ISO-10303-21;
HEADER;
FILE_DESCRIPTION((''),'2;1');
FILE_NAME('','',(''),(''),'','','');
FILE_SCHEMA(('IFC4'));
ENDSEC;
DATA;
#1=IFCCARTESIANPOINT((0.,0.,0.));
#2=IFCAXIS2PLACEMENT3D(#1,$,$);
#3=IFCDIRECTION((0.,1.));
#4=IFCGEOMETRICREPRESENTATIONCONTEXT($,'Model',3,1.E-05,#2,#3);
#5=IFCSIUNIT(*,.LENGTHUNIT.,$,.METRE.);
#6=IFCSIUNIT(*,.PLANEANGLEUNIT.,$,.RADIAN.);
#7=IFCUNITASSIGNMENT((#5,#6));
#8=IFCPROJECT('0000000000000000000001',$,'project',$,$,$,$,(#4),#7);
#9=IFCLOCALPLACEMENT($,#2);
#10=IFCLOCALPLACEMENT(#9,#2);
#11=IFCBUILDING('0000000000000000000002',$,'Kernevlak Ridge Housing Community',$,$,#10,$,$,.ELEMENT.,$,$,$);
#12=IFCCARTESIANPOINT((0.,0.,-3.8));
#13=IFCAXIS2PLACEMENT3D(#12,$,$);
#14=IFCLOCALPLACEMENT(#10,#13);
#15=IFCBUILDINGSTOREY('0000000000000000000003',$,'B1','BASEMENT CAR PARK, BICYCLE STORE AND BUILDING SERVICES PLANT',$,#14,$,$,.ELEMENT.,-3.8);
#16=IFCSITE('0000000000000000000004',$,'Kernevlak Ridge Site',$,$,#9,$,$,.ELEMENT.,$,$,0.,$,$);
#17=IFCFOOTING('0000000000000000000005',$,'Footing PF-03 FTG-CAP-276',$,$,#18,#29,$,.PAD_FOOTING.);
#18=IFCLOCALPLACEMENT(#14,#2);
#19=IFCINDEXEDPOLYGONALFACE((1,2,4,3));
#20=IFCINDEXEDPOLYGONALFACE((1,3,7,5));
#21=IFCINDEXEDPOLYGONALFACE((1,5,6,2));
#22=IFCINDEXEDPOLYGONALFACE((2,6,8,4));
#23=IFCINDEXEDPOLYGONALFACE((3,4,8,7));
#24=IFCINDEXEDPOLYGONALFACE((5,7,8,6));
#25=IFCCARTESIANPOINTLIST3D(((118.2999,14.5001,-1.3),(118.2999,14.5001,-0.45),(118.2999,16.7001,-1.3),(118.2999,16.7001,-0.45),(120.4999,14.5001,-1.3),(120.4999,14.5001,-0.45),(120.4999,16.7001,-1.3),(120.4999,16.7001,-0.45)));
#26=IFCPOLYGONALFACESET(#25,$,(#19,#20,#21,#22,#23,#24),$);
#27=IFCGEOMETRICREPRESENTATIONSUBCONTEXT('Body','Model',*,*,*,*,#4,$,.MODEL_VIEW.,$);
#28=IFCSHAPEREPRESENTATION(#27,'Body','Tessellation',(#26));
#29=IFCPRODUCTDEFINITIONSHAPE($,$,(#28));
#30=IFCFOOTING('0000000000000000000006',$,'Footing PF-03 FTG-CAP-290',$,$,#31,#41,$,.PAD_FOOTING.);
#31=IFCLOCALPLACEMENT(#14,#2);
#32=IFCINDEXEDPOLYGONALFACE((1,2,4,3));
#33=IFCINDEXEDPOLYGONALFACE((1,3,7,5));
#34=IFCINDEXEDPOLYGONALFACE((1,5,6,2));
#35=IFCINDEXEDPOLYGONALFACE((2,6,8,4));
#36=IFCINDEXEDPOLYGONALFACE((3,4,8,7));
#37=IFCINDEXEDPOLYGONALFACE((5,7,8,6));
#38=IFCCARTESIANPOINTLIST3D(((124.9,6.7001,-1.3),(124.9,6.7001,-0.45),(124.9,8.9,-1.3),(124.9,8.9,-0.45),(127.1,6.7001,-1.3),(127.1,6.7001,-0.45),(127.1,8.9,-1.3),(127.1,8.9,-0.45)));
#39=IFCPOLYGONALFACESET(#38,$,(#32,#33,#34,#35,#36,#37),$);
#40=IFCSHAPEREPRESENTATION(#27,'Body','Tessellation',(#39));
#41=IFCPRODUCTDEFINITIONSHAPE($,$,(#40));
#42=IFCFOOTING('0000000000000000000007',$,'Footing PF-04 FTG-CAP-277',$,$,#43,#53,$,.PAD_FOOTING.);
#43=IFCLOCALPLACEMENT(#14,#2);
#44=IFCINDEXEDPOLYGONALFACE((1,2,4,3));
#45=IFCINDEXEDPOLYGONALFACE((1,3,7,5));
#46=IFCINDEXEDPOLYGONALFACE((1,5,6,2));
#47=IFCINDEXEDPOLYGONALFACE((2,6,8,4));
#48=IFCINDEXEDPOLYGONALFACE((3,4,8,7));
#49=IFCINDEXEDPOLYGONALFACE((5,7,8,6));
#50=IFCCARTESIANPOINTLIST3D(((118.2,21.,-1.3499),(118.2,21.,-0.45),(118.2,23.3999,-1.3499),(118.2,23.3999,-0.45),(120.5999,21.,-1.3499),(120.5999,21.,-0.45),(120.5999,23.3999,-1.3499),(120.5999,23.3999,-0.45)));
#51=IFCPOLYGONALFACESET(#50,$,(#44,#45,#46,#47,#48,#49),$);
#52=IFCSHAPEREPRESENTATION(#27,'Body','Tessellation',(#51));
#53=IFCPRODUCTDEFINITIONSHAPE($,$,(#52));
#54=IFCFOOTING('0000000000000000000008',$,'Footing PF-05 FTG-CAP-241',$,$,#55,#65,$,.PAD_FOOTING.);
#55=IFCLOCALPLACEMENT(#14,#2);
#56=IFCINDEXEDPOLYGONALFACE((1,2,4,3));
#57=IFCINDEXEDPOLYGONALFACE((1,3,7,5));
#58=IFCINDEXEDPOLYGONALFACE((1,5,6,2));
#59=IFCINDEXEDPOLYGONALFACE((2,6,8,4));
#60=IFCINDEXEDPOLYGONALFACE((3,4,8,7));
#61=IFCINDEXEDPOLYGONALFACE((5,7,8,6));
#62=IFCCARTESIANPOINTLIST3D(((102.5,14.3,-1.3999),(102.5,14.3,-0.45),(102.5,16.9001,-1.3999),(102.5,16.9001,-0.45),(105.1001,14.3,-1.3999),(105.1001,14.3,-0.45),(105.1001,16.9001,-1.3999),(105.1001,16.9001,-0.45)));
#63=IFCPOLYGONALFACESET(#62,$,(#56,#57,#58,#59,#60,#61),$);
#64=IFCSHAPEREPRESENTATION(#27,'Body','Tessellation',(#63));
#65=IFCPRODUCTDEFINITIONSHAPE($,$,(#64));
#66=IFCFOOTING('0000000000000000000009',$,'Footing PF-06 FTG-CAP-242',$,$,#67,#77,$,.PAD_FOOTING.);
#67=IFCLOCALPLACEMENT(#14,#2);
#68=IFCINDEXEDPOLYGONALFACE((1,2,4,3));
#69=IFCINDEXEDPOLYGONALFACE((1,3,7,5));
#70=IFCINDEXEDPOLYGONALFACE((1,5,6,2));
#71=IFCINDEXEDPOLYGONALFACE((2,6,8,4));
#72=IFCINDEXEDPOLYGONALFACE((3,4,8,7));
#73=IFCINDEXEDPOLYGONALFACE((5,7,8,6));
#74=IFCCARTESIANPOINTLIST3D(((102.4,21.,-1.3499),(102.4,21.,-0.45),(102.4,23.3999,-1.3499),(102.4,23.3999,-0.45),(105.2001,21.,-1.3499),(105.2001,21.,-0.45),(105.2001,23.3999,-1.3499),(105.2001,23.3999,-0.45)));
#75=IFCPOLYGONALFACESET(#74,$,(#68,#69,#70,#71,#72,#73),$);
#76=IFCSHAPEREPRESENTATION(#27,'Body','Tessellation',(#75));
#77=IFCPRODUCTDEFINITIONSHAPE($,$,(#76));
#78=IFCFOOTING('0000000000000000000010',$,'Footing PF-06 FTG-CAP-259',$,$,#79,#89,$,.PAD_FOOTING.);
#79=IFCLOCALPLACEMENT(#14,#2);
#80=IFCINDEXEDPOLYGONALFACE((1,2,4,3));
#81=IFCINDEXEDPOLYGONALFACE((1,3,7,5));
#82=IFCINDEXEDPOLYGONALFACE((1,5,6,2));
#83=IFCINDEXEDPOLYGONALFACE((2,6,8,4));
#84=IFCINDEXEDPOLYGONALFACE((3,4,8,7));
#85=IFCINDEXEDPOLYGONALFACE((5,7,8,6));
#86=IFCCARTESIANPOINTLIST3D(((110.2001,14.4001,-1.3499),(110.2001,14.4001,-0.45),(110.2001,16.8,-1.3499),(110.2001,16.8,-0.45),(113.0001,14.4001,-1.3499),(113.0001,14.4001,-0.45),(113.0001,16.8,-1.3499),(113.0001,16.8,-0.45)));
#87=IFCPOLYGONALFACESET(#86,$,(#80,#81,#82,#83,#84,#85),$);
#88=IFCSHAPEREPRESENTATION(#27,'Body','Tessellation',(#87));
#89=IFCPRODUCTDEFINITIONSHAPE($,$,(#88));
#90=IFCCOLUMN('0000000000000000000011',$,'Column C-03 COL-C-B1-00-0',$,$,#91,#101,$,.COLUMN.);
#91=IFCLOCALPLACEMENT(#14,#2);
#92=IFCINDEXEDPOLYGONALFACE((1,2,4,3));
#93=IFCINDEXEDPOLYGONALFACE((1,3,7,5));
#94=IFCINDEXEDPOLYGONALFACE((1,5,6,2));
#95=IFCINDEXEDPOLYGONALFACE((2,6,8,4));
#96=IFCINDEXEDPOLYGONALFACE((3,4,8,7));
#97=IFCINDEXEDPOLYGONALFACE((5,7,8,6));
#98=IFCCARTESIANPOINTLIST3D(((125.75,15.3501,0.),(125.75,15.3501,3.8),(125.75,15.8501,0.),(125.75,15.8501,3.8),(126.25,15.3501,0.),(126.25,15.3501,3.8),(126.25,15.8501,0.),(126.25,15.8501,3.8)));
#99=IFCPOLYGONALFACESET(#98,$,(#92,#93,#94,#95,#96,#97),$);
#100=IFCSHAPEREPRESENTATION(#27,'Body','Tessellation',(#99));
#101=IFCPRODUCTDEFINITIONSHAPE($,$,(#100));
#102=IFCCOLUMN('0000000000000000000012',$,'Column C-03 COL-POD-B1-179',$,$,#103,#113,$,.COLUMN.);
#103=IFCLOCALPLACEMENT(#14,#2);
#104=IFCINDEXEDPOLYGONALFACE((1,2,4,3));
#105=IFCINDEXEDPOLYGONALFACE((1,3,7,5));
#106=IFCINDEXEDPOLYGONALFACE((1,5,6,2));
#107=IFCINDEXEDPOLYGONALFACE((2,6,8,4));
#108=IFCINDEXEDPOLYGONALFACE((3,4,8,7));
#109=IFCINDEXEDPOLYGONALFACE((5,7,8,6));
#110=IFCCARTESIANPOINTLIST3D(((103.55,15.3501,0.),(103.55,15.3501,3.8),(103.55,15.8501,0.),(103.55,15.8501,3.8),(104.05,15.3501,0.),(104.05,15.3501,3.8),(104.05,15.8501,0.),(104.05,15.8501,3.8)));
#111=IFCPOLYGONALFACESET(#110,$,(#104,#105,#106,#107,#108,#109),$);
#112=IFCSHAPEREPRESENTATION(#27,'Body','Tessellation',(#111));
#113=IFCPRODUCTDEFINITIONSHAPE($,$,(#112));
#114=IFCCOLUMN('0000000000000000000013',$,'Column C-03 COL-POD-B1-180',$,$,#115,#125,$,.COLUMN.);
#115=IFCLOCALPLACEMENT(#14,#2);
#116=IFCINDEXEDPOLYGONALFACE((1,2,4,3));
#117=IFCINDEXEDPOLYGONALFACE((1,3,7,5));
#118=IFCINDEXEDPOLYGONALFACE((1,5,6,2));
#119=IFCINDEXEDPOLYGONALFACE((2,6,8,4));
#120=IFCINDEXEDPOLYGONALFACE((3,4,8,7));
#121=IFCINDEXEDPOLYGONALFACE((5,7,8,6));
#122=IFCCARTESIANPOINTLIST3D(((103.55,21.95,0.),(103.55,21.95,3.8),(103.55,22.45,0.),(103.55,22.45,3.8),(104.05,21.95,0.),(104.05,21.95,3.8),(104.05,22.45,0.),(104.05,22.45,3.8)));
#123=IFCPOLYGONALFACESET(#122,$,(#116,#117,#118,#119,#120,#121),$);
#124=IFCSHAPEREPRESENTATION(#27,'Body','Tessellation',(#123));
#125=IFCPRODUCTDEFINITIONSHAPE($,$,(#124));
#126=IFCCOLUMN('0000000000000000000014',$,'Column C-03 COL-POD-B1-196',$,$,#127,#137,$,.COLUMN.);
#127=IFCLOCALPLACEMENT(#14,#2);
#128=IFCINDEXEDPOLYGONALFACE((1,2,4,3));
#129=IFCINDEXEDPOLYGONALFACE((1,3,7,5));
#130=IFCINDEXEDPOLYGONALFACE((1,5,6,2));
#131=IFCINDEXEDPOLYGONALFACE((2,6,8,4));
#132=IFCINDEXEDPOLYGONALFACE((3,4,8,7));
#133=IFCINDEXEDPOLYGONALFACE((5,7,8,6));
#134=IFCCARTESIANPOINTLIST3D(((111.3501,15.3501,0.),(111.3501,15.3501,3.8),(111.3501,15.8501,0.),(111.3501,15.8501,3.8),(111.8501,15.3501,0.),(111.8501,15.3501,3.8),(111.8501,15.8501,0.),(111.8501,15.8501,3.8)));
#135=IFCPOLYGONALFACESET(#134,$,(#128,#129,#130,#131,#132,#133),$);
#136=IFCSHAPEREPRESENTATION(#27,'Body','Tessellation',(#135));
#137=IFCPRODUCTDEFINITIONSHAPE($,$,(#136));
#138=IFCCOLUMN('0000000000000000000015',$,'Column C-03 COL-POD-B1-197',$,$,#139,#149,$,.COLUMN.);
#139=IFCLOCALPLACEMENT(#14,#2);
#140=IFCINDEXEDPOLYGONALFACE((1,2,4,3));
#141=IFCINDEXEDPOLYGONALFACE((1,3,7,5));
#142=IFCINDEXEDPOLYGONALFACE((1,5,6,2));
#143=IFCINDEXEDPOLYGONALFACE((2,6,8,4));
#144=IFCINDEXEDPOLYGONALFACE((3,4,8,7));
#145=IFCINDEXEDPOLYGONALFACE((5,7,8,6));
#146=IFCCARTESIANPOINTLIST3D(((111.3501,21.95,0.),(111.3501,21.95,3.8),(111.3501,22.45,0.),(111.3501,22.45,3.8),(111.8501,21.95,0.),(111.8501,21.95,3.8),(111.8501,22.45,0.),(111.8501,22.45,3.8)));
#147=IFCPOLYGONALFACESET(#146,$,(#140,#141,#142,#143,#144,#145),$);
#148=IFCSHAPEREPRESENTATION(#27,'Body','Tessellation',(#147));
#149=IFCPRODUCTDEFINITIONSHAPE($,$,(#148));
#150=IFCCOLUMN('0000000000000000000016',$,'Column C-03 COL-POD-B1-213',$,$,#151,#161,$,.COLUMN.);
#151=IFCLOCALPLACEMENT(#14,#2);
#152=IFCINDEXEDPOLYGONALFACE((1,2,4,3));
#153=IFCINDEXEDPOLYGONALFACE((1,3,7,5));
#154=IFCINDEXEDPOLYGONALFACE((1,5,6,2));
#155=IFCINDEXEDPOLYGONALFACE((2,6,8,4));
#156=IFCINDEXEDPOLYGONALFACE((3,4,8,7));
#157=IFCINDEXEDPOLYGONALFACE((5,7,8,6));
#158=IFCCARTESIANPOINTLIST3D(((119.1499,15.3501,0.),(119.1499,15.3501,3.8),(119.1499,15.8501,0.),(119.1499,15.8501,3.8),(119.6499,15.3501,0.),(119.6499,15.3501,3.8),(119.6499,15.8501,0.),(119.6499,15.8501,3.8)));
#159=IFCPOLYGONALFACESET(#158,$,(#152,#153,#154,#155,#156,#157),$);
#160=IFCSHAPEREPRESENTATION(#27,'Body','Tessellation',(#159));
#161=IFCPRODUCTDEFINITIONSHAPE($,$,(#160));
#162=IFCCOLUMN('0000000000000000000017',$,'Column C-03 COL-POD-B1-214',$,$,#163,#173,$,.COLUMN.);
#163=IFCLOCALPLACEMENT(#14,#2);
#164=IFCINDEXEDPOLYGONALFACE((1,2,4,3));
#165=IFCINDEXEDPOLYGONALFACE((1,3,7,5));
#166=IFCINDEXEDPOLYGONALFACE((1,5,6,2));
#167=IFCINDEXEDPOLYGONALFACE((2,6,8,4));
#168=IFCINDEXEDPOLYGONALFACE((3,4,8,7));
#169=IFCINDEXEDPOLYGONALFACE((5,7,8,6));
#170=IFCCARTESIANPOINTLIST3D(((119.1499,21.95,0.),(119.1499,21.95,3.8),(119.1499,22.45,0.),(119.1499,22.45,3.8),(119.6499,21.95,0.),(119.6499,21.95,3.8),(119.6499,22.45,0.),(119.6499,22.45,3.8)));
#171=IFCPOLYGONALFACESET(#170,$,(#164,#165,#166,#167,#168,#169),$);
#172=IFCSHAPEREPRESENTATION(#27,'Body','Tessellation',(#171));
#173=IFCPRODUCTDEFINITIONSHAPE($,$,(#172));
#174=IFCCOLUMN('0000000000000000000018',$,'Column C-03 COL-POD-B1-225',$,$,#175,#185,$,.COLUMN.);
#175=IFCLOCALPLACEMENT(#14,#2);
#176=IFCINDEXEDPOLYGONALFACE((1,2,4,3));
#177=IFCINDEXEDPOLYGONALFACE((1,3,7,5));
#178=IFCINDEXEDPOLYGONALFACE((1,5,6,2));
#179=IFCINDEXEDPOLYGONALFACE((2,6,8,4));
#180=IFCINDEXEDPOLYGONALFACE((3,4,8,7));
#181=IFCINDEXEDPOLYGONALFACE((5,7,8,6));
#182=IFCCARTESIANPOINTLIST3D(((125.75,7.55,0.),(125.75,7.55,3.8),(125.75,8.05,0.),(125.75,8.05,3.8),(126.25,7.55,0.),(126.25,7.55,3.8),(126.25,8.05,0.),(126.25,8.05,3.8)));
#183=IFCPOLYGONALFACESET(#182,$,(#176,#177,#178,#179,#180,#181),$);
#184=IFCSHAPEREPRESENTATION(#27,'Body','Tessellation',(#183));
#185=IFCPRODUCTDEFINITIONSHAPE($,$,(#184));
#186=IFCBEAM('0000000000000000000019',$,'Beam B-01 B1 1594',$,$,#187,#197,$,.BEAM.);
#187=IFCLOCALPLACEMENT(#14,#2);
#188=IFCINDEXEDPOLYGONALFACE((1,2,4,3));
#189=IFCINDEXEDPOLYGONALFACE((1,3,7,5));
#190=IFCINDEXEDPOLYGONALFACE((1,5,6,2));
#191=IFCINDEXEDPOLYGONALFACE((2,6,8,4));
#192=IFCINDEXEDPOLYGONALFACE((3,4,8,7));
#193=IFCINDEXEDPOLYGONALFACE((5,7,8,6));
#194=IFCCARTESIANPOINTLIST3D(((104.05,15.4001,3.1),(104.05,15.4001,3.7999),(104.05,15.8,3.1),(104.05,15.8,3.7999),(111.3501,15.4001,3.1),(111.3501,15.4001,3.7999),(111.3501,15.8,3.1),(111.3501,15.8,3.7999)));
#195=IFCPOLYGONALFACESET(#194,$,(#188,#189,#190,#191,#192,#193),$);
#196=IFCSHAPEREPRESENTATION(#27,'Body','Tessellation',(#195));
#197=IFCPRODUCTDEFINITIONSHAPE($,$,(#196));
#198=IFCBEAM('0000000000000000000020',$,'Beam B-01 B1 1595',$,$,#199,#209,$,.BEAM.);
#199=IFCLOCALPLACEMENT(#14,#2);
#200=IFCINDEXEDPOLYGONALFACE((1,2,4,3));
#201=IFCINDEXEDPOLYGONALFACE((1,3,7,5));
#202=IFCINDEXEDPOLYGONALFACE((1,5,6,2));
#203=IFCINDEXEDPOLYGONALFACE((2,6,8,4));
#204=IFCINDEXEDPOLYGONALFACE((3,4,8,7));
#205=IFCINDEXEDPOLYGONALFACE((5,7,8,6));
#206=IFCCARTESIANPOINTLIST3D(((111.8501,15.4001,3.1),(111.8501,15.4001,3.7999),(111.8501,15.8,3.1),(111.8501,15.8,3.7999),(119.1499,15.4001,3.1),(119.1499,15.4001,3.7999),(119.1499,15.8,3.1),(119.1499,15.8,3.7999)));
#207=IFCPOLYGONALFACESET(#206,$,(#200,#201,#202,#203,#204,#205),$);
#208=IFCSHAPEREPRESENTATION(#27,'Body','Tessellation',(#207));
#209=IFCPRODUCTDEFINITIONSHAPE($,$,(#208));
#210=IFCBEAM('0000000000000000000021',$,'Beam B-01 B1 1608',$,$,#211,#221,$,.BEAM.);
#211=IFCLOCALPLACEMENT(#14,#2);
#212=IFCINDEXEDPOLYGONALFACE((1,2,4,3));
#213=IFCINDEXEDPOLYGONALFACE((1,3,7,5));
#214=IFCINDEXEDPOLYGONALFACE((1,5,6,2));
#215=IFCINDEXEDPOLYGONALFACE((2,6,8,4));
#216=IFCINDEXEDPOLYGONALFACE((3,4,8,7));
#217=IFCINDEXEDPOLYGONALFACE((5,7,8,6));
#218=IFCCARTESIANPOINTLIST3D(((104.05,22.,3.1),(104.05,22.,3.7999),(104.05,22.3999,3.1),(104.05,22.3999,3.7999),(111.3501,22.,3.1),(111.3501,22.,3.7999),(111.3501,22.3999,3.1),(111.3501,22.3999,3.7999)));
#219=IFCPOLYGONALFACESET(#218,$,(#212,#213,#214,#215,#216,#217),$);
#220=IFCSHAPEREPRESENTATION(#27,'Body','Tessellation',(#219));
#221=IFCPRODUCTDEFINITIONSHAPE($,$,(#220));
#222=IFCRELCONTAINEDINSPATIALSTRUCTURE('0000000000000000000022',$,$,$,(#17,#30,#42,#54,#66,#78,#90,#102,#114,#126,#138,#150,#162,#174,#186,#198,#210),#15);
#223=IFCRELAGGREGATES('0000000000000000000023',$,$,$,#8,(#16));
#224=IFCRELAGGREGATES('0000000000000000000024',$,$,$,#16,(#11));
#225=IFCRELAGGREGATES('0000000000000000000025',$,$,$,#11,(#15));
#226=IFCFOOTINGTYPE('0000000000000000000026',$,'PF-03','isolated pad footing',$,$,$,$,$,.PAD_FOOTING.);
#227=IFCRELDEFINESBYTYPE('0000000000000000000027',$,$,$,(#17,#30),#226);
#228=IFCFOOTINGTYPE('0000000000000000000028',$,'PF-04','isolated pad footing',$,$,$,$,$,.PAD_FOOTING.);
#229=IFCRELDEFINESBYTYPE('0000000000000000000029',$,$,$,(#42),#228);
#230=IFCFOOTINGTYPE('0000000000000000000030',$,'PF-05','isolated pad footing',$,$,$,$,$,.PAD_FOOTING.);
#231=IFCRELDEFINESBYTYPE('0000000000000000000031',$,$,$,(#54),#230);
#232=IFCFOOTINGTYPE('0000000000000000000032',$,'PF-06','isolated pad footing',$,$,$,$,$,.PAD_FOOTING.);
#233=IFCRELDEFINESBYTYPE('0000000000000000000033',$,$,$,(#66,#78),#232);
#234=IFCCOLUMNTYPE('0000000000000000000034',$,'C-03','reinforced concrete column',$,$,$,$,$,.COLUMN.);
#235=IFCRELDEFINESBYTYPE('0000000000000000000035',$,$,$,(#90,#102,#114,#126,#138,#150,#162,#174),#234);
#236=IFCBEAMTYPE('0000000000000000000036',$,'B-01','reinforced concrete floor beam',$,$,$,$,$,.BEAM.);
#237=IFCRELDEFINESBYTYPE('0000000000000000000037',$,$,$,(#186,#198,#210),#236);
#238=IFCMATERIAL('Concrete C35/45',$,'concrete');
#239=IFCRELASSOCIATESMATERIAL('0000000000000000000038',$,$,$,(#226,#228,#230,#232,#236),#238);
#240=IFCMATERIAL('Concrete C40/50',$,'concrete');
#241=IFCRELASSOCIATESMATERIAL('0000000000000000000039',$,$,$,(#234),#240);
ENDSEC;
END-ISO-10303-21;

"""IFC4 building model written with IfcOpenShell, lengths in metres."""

from ifc_helpers import new_model, si_unit, direction, frame, origin, origin_2d, place, context, subcontext, project, spatial, rectangle, extrude, material, material_profile, profile_set, type_object, element, save


model = new_model("IFC4")

# Units and contexts
model_context = context("Model", 3, precision=1e-05, world=origin(), true_north=direction((0.0, 1.0)))
body_context = subcontext(model_context, "Body", "Model", "MODEL_VIEW")
ifc_project = project(units=[si_unit("LENGTHUNIT", "METRE"), si_unit("PLANEANGLEUNIT", "RADIAN")], contexts=[model_context])

# Site, building, storey
site_placement = place(None, origin())
site = spatial("IfcSite", under=ifc_project, at=site_placement, Name="Kernevlak Ridge Site", CompositionType="ELEMENT", RefElevation=0.0)
building_placement = place(site_placement, origin())
building = spatial("IfcBuilding", under=site, at=building_placement, Name="Kernevlak Ridge Housing Community", CompositionType="ELEMENT")
storey_placement = place(building_placement, frame((0.0, 0.0, -3.8)))
storey = spatial("IfcBuildingStorey", under=building, at=storey_placement, Name="B1", Description="BASEMENT CAR PARK, BICYCLE STORE AND BUILDING SERVICES PLANT", CompositionType="ELEMENT", Elevation=-3.8)

# Shared definitions
ifc_material_1 = material(Name="Concrete C35/45", Category="concrete")

# Footings
footing_type_1 = type_object("IfcFootingType", Name="PF-03", Description="isolated pad footing", PredefinedType="PAD_FOOTING", material=ifc_material_1)
for number, where, z_axis, x_axis, name in (
    (1, (119.3999, 15.6001, -1.3), (0.0, 0.0, 1.0), (1.0, 0.0, 0.0), "Footing PF-03 FTG-CAP-276"),
    (2, (126.0, 7.8, -1.3), (0.0, 0.0, 1.0), (1.0, 0.0, 0.0), "Footing PF-03 FTG-CAP-290"),
):
    element("IfcFooting", number, at=place(storey_placement, frame(where, z_axis=z_axis, x_axis=x_axis)), inside=storey, type_object=footing_type_1, Name=name, PredefinedType="PAD_FOOTING", context=body_context, shape_type="SweptSolid", body=[
        extrude(rectangle(XDim=2.2, YDim=2.2, at=origin_2d()), origin(), (0.0, 0.0, 1.0), 0.8501),
    ])
footing_type_2 = type_object("IfcFootingType", Name="PF-04", Description="isolated pad footing", PredefinedType="PAD_FOOTING", material=ifc_material_1)
footing_1_placement = place(storey_placement, frame((119.3999, 22.2, -1.3499), z_axis=(0.0, 0.0, 1.0), x_axis=(1.0, 0.0, 0.0)))
element("IfcFooting", 3, at=footing_1_placement, inside=storey, type_object=footing_type_2, Name="Footing PF-04 FTG-CAP-277", PredefinedType="PAD_FOOTING", context=body_context, shape_type="SweptSolid", body=[
    extrude(rectangle(XDim=2.3999, YDim=2.3999, at=origin_2d()), origin(), (0.0, 0.0, 1.0), 0.8999),
])
footing_type_3 = type_object("IfcFootingType", Name="PF-05", Description="isolated pad footing", PredefinedType="PAD_FOOTING", material=ifc_material_1)
footing_2_placement = place(storey_placement, frame((103.8, 15.6001, -1.3999), z_axis=(0.0, 0.0, 1.0), x_axis=(1.0, 0.0, 0.0)))
element("IfcFooting", 4, at=footing_2_placement, inside=storey, type_object=footing_type_3, Name="Footing PF-05 FTG-CAP-241", PredefinedType="PAD_FOOTING", context=body_context, shape_type="SweptSolid", body=[
    extrude(rectangle(XDim=2.6001, YDim=2.6001, at=origin_2d()), origin(), (0.0, 0.0, 1.0), 0.95),
])
footing_type_4 = type_object("IfcFootingType", Name="PF-06", Description="isolated pad footing", PredefinedType="PAD_FOOTING", material=ifc_material_1)
for number, where, z_axis, x_axis, name in (
    (5, (103.8, 22.2, -1.3499), (0.0, 0.0, 1.0), (1.0, 0.0, 0.0), "Footing PF-06 FTG-CAP-242"),
    (6, (111.6001, 15.6001, -1.3499), (0.0, 0.0, 1.0), (1.0, 0.0, 0.0), "Footing PF-06 FTG-CAP-259"),
):
    element("IfcFooting", number, at=place(storey_placement, frame(where, z_axis=z_axis, x_axis=x_axis)), inside=storey, type_object=footing_type_4, Name=name, PredefinedType="PAD_FOOTING", context=body_context, shape_type="SweptSolid", body=[
        extrude(rectangle(XDim=2.8, YDim=2.3999, at=origin_2d()), origin(), (0.0, 0.0, 1.0), 0.8999),
    ])

# Columns
ifc_material_2 = material(Name="Concrete C40/50", Category="concrete")
ifc_material_profile_1 = material_profile(ifc_material_2, rectangle(XDim=0.5, YDim=0.5, at=origin_2d()), Name="RC 500x500")
ifc_profile_set_1 = profile_set([ifc_material_profile_1], Name="Concrete C40/50")
column_type = type_object("IfcColumnType", Name="C-03", Description="reinforced concrete column", PredefinedType="COLUMN", material=ifc_profile_set_1)
for number, where, z_axis, x_axis, name in (
    (7, (126.0, 15.6001, 0.0), (0.0, 0.0, 1.0), (1.0, 0.0, 0.0), "Column C-03 COL-C-B1-00-0"),
    (8, (103.8, 15.6001, 0.0), (0.0, 0.0, 1.0), (1.0, 0.0, 0.0), "Column C-03 COL-POD-B1-179"),
    (9, (103.8, 22.2, 0.0), (0.0, 0.0, 1.0), (1.0, 0.0, 0.0), "Column C-03 COL-POD-B1-180"),
    (10, (111.6001, 15.6001, 0.0), (0.0, 0.0, 1.0), (1.0, 0.0, 0.0), "Column C-03 COL-POD-B1-196"),
    (11, (111.6001, 22.2, 0.0), (0.0, 0.0, 1.0), (1.0, 0.0, 0.0), "Column C-03 COL-POD-B1-197"),
    (12, (119.3999, 15.6001, 0.0), (0.0, 0.0, 1.0), (1.0, 0.0, 0.0), "Column C-03 COL-POD-B1-213"),
    (13, (119.3999, 22.2, 0.0), (0.0, 0.0, 1.0), (1.0, 0.0, 0.0), "Column C-03 COL-POD-B1-214"),
    (14, (126.0, 7.8, 0.0), (0.0, 0.0, 1.0), (1.0, 0.0, 0.0), "Column C-03 COL-POD-B1-225"),
):
    element("IfcColumn", number, at=place(storey_placement, frame(where, z_axis=z_axis, x_axis=x_axis)), inside=storey, type_object=column_type, Name=name, PredefinedType="COLUMN", context=body_context, shape_type="SweptSolid", body=[
        extrude(rectangle(XDim=0.5, YDim=0.5, at=origin_2d()), origin(), (0.0, 0.0, 1.0), 3.8),
    ])

# Beams
ifc_material_profile_2 = material_profile(ifc_material_1, rectangle(XDim=0.3999, YDim=0.7, at=origin_2d()), Name="RC 400x700")
ifc_profile_set_2 = profile_set([ifc_material_profile_2], Name="Concrete C35/45")
beam_type_1 = type_object("IfcBeamType", Name="B-01", Description="reinforced concrete floor beam", PredefinedType="BEAM", material=ifc_profile_set_2)
beam_1_placement = place(storey_placement, frame((104.05, 15.6001, 3.45), z_axis=(1.0, 0.0, 0.0), x_axis=(0.0, 1.0, 0.0)))
element("IfcBeam", 15, at=beam_1_placement, inside=storey, type_object=beam_type_1, Name="Beam B-01 B1 1594", PredefinedType="BEAM", context=body_context, shape_type="SweptSolid", body=[
    extrude(rectangle(XDim=0.3999, YDim=0.7, at=origin_2d()), origin(), (0.0, 0.0, 1.0), 7.3),
])
beam_2_placement = place(storey_placement, frame((111.8501, 15.6001, 3.45), z_axis=(1.0, 0.0, 0.0), x_axis=(0.0, 1.0, 0.0)))
element("IfcBeam", 16, at=beam_2_placement, inside=storey, type_object=beam_type_1, Name="Beam B-01 B1 1595", PredefinedType="BEAM", context=body_context, shape_type="SweptSolid", body=[
    extrude(rectangle(XDim=0.3999, YDim=0.7, at=origin_2d()), origin(), (0.0, 0.0, 1.0), 7.2998),
])
beam_3_placement = place(storey_placement, frame((104.05, 22.2, 3.45), z_axis=(1.0, 0.0, 0.0), x_axis=(0.0, 1.0, 0.0)))
element("IfcBeam", 17, at=beam_3_placement, inside=storey, type_object=beam_type_1, Name="Beam B-01 B1 1608", PredefinedType="BEAM", context=body_context, shape_type="SweptSolid", body=[
    extrude(rectangle(XDim=0.3999, YDim=0.7, at=origin_2d()), origin(), (0.0, 0.0, 1.0), 7.3),
])

save(model, "model.ifc")
